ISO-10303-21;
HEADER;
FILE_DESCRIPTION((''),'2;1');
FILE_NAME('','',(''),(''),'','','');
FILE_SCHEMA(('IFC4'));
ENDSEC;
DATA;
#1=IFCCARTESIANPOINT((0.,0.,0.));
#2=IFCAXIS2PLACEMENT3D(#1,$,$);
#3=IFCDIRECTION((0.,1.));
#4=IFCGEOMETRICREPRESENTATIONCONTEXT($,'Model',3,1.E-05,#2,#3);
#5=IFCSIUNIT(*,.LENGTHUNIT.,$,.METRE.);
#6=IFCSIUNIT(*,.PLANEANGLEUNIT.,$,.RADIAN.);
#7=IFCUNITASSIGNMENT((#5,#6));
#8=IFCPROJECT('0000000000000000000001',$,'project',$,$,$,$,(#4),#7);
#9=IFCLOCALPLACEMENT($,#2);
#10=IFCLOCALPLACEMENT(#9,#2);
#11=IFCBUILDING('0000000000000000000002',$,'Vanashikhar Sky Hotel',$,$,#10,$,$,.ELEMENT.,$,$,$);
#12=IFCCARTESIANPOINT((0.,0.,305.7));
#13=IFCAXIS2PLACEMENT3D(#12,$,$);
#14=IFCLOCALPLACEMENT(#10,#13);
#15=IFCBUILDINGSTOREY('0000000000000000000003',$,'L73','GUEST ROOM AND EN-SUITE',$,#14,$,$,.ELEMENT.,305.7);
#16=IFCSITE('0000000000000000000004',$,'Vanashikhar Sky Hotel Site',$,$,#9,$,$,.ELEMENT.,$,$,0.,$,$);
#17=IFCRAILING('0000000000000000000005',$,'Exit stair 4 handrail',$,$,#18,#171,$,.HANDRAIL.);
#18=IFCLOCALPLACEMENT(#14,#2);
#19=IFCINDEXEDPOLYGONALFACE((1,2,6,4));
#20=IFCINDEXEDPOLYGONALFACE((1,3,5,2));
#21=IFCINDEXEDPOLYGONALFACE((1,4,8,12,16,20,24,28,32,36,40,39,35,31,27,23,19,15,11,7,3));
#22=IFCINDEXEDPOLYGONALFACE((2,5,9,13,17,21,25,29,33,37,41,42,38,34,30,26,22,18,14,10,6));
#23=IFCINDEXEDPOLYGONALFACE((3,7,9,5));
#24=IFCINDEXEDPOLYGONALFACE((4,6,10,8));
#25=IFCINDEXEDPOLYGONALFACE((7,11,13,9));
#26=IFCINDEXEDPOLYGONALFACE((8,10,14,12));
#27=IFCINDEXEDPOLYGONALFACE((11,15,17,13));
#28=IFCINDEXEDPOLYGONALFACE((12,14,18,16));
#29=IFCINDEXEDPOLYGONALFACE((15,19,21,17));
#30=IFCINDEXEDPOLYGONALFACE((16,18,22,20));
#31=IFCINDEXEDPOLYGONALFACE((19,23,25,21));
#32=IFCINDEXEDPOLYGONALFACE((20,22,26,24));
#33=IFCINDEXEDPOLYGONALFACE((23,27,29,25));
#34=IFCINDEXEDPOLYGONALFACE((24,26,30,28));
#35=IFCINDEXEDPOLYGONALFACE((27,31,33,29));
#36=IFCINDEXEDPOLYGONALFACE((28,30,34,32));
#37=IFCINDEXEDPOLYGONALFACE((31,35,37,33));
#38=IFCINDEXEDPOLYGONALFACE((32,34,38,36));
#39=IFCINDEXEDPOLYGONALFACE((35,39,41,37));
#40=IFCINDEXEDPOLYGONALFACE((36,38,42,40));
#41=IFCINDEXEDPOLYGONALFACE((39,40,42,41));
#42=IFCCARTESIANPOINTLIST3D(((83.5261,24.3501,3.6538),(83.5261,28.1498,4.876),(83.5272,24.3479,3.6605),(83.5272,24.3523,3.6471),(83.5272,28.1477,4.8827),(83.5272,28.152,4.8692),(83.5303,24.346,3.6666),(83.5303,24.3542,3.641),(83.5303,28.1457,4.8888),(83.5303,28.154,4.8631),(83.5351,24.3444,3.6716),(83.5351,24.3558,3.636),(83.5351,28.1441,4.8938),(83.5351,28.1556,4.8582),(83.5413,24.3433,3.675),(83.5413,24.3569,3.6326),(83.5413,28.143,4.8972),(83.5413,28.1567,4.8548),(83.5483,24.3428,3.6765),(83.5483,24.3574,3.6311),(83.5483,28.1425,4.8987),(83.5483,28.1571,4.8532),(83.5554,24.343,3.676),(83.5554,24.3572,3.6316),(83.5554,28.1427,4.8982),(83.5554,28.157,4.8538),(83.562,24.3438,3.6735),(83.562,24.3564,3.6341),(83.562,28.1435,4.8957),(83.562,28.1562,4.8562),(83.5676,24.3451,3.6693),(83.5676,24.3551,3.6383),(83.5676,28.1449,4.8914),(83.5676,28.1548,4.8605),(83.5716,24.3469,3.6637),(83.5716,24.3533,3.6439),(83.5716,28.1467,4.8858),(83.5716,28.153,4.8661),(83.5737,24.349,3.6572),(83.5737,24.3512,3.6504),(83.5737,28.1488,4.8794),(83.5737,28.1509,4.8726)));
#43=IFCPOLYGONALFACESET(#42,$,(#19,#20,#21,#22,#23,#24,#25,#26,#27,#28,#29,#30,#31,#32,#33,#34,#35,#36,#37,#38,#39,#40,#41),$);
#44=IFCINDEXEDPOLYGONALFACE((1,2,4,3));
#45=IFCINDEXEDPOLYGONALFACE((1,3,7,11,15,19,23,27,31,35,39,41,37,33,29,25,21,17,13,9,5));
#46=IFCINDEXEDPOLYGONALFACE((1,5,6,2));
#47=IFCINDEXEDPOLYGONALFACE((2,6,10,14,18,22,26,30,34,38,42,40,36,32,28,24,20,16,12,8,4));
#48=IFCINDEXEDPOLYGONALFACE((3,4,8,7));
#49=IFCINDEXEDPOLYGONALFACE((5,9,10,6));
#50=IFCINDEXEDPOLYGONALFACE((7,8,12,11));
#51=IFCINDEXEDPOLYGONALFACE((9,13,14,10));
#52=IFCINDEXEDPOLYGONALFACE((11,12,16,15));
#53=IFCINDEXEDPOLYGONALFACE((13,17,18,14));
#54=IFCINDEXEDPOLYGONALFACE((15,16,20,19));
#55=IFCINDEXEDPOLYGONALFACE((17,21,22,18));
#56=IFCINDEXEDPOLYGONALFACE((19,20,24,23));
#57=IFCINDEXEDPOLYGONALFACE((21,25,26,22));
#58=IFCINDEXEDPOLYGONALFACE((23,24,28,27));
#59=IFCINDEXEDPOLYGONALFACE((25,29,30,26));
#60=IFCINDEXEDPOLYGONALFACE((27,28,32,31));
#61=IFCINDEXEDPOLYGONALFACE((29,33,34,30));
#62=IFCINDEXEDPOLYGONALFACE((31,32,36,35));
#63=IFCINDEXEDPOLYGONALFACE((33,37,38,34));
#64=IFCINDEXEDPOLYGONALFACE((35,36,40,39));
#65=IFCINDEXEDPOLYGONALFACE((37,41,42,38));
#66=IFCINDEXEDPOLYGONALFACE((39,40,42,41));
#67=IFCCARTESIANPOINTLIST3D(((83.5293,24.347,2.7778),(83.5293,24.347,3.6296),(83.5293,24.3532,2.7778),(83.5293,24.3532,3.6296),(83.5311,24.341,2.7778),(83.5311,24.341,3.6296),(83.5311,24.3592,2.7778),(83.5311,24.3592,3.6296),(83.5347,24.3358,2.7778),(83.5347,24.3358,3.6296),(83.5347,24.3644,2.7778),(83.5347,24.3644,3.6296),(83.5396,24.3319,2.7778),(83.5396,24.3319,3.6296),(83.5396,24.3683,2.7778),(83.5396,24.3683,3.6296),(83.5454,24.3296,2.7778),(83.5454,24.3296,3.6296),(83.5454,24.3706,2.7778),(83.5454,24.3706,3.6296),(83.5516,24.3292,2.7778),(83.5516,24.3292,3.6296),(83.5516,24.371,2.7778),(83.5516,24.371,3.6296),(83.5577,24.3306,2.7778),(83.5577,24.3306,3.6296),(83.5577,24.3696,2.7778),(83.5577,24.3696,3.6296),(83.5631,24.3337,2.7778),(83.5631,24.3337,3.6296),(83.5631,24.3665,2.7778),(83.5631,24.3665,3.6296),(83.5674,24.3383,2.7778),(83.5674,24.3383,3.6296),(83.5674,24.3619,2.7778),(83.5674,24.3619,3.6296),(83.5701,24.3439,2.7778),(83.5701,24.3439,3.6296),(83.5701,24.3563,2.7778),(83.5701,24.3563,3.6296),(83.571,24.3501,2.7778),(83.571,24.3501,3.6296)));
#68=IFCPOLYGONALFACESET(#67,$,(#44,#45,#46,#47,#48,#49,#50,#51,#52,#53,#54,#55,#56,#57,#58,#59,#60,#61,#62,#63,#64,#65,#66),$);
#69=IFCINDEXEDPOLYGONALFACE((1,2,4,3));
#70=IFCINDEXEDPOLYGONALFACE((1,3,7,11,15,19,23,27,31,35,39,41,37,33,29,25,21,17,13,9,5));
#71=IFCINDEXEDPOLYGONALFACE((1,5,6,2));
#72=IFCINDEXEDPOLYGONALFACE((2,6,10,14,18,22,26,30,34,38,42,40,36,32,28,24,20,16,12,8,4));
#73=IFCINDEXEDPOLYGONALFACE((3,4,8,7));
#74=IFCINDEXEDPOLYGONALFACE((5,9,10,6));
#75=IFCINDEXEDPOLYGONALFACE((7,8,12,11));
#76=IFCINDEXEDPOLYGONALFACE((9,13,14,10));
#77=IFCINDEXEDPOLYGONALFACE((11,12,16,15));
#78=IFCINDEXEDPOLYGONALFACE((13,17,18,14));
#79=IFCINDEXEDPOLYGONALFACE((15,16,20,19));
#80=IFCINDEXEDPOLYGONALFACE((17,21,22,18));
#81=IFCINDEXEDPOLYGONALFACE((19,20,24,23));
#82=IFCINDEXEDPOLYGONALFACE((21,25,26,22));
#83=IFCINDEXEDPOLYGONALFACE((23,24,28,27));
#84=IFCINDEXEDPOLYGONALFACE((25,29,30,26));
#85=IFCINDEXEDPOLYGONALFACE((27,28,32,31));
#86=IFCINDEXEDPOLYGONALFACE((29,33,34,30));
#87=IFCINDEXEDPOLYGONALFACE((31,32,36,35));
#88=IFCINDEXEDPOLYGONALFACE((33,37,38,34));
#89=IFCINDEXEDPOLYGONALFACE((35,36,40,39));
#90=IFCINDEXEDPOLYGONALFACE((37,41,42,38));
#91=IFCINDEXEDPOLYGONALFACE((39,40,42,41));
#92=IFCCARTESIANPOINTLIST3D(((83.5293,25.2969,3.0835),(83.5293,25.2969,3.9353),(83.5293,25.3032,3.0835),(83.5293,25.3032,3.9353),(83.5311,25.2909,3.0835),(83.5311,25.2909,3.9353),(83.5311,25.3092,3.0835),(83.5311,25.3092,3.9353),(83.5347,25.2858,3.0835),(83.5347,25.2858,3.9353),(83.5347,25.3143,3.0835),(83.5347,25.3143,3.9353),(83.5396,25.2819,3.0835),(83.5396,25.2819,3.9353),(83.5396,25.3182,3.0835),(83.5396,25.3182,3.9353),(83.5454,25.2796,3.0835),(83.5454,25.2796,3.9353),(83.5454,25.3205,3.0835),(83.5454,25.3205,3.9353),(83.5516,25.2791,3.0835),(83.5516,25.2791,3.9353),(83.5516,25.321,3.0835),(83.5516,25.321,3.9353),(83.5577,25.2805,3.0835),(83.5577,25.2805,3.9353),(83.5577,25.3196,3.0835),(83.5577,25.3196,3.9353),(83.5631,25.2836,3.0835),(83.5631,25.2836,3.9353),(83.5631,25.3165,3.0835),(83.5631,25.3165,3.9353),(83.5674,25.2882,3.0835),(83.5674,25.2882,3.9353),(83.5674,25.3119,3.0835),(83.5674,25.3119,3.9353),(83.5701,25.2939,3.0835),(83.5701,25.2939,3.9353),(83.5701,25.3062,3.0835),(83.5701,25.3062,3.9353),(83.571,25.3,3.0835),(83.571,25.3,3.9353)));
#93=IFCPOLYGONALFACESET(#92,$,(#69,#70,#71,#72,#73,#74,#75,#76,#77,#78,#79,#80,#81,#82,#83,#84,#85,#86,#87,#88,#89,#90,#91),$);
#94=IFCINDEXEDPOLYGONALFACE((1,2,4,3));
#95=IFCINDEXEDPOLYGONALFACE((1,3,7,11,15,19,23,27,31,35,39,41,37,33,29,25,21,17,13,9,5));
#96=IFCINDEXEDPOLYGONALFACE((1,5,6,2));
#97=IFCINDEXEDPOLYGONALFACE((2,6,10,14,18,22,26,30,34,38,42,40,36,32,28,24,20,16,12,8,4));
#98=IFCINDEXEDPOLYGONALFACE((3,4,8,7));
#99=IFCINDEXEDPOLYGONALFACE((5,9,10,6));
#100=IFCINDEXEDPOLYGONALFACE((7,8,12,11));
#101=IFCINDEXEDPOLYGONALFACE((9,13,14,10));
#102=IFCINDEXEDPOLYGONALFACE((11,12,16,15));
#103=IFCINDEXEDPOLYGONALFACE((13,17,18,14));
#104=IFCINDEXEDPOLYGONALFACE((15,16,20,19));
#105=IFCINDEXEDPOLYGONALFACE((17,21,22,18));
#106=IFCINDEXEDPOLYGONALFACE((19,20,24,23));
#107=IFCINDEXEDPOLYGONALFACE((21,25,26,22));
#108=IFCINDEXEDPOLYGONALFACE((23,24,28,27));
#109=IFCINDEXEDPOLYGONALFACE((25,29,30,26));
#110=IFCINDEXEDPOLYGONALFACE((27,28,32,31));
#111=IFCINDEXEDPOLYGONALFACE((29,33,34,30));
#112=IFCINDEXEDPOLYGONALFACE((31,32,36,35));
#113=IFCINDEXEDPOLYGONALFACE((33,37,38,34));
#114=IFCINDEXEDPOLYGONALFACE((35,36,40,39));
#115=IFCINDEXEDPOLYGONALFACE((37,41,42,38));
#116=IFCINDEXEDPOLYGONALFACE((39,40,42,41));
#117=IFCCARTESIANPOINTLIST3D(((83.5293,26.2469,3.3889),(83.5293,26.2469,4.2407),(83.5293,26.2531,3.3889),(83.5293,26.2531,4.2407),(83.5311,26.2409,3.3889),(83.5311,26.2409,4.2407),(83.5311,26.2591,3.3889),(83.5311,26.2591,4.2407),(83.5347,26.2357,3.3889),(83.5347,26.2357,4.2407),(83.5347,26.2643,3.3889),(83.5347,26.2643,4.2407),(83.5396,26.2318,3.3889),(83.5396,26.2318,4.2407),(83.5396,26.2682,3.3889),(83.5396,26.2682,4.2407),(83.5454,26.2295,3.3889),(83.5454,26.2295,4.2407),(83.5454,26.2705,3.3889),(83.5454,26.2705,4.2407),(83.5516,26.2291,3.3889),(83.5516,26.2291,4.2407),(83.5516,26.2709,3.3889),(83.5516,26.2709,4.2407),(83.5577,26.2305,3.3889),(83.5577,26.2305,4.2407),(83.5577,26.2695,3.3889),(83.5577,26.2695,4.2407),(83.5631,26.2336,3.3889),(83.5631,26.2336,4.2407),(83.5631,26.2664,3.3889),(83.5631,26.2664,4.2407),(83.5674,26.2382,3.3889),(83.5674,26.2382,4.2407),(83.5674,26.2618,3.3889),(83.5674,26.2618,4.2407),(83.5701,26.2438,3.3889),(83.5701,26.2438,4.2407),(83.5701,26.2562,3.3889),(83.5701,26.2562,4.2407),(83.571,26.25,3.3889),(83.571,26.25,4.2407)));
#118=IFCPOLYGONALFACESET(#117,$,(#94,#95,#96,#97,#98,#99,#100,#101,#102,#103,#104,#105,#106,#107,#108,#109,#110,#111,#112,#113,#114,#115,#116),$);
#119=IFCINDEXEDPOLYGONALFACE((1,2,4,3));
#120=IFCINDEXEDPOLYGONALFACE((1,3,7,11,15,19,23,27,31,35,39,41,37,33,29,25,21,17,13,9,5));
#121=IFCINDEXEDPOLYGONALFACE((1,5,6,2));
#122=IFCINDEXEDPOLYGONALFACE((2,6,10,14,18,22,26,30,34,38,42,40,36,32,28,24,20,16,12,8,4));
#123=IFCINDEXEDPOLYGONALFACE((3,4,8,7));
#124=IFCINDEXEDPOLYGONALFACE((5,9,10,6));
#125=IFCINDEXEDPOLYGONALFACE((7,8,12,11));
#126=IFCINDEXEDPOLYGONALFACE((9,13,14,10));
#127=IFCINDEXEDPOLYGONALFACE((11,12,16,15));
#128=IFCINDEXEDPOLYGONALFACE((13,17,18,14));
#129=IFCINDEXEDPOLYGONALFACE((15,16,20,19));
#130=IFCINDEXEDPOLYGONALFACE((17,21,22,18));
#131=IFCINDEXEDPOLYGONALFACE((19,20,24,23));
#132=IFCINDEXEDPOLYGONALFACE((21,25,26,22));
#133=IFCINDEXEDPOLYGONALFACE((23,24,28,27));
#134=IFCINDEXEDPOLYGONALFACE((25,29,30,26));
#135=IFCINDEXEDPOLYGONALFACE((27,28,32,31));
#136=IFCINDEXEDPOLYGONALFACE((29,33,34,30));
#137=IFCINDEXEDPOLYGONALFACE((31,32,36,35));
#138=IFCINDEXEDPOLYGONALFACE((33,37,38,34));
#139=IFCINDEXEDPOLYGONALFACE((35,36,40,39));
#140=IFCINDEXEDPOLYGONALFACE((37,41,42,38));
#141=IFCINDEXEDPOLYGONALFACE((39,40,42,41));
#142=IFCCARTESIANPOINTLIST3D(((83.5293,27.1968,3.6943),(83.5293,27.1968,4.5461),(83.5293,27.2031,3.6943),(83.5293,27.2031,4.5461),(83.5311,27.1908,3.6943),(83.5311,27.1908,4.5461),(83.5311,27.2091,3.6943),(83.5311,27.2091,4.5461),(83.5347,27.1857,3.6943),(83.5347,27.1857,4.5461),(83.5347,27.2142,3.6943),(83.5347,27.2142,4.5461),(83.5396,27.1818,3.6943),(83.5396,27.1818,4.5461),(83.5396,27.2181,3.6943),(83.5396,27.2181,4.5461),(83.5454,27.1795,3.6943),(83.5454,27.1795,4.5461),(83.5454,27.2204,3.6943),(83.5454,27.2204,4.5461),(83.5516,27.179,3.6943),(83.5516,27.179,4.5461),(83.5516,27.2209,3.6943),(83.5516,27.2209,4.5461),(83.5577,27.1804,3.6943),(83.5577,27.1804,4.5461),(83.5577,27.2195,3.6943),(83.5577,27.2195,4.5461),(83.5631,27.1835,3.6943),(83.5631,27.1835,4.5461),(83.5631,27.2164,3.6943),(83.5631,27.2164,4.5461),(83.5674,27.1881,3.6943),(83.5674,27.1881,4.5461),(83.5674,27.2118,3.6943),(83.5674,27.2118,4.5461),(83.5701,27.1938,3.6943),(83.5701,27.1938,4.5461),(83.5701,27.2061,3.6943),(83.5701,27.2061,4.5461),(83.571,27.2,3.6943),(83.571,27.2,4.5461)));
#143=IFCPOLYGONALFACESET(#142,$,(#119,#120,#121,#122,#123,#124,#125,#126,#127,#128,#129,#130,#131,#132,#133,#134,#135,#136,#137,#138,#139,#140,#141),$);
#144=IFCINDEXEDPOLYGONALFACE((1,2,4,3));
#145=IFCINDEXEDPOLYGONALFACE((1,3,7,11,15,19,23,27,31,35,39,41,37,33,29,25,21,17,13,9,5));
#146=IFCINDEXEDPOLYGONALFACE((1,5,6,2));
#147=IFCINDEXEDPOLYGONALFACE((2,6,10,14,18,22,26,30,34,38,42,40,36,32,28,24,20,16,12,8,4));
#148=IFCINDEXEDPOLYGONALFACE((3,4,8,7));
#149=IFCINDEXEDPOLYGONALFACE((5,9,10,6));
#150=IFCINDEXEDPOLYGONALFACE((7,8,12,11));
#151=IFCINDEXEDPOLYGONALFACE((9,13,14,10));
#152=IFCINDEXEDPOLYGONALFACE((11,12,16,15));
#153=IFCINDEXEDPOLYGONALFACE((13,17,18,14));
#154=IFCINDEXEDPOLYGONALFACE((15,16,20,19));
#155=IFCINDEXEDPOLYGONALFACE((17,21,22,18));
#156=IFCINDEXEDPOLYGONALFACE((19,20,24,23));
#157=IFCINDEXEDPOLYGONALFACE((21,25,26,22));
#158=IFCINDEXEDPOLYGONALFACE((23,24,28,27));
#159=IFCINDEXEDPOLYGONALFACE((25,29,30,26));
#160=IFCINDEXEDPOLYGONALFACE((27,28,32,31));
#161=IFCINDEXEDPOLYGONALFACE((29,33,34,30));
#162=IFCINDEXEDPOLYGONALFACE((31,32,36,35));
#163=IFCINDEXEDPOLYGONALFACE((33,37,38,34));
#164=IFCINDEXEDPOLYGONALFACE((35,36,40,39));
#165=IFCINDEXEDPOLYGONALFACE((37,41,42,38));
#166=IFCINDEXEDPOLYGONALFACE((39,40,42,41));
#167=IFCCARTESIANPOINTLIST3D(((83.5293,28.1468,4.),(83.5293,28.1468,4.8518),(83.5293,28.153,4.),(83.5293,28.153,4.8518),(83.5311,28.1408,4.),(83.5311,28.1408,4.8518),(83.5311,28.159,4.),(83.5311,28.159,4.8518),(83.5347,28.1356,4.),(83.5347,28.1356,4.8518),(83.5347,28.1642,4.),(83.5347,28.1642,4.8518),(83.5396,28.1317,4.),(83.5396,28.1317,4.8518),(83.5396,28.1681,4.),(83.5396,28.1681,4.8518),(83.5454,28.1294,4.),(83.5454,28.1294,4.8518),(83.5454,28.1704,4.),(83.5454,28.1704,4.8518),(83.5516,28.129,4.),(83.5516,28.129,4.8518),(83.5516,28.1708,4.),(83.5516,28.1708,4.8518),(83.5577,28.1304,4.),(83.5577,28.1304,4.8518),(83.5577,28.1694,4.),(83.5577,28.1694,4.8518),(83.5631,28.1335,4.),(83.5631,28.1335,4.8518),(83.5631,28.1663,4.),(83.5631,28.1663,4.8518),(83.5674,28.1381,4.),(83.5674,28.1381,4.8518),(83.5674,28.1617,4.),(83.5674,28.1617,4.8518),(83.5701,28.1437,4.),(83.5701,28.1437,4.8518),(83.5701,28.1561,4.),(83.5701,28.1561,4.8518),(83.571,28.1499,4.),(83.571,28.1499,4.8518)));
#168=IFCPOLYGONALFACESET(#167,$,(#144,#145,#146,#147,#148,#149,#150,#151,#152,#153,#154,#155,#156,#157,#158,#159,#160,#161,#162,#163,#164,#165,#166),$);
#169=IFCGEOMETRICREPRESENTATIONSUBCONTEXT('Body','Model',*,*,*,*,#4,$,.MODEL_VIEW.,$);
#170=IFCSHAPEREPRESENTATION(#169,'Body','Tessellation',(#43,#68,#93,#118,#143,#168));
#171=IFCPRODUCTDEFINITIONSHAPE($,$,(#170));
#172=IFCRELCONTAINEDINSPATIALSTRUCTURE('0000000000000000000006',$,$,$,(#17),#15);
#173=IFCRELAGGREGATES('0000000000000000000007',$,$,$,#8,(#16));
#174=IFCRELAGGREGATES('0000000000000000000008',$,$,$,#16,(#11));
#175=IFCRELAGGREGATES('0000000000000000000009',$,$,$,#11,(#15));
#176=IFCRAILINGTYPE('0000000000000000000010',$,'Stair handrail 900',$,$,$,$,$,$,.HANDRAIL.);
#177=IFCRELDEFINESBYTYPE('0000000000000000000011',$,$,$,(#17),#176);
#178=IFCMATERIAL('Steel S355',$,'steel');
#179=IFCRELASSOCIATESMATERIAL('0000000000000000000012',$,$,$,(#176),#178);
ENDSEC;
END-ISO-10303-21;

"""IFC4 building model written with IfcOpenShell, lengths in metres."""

from ifc_helpers import new_model, si_unit, direction, frame, origin, origin_2d, place, context, subcontext, project, spatial, circle, extrude, source, transform, mapped, material, type_object, element, save


model = new_model("IFC4")

# Units and contexts
model_context = context("Model", 3, precision=1e-05, world=origin(), true_north=direction((0.0, 1.0)))
body_context = subcontext(model_context, "Body", "Model", "MODEL_VIEW")
ifc_project = project(units=[si_unit("LENGTHUNIT", "METRE"), si_unit("PLANEANGLEUNIT", "RADIAN")], contexts=[model_context])

# Site, building, storey
site_placement = place(None, origin())
site = spatial("IfcSite", under=ifc_project, at=site_placement, Name="Vanashikhar Sky Hotel Site", CompositionType="ELEMENT", RefElevation=0.0)
building_placement = place(site_placement, origin())
building = spatial("IfcBuilding", under=site, at=building_placement, Name="Vanashikhar Sky Hotel", CompositionType="ELEMENT")
storey_placement = place(building_placement, frame((0.0, 0.0, 305.7)))
storey = spatial("IfcBuildingStorey", under=building, at=storey_placement, Name="L73", Description="GUEST ROOM AND EN-SUITE", CompositionType="ELEMENT", Elevation=305.7)

# Railing
ifc_material_1 = material(Name="Steel S355", Category="steel")
railing_type_1 = type_object("IfcRailingType", Name="Stair handrail 900", PredefinedType="HANDRAIL", material=ifc_material_1)
shared_shape_1 = source(origin(), body_context, "Body", "SweptSolid", [
    extrude(circle(Radius=0.0239, at=origin_2d()), frame((0.0, 0.0, 0.876), z_axis=(0.0, 0.95197, 0.306191), x_axis=(-1.0, 0.0, 0.0)), (0.0, 0.0, 1.0), 3.9915),
    extrude(circle(Radius=0.021, at=origin_2d()), origin(), (0.0, 0.0, 1.0), 0.8518),
    extrude(circle(Radius=0.021, at=origin_2d()), frame((0.0, 0.95, 0.3057)), (0.0, 0.0, 1.0), 0.8518),
    extrude(circle(Radius=0.021, at=origin_2d()), frame((0.0, 1.8999, 0.6111)), (0.0, 0.0, 1.0), 0.8518),
    extrude(circle(Radius=0.021, at=origin_2d()), frame((0.0, 2.8499, 0.9165)), (0.0, 0.0, 1.0), 0.8518),
    extrude(circle(Radius=0.021, at=origin_2d()), frame((0.0, 3.7998, 1.2222)), (0.0, 0.0, 1.0), 0.8518),
])
railing_1_placement = place(storey_placement, frame((83.55, 24.3501, 2.7778)))
element("IfcRailing", 1, at=railing_1_placement, inside=storey, type_object=railing_type_1, Name="Exit stair 4 handrail", PredefinedType="HANDRAIL", context=body_context, shape_type="MappedRepresentation", body=[
    mapped(shared_shape_1, transform((0.0, 0.0, 0.0), scale=1.0)),
])

save(model, "model.ifc")
